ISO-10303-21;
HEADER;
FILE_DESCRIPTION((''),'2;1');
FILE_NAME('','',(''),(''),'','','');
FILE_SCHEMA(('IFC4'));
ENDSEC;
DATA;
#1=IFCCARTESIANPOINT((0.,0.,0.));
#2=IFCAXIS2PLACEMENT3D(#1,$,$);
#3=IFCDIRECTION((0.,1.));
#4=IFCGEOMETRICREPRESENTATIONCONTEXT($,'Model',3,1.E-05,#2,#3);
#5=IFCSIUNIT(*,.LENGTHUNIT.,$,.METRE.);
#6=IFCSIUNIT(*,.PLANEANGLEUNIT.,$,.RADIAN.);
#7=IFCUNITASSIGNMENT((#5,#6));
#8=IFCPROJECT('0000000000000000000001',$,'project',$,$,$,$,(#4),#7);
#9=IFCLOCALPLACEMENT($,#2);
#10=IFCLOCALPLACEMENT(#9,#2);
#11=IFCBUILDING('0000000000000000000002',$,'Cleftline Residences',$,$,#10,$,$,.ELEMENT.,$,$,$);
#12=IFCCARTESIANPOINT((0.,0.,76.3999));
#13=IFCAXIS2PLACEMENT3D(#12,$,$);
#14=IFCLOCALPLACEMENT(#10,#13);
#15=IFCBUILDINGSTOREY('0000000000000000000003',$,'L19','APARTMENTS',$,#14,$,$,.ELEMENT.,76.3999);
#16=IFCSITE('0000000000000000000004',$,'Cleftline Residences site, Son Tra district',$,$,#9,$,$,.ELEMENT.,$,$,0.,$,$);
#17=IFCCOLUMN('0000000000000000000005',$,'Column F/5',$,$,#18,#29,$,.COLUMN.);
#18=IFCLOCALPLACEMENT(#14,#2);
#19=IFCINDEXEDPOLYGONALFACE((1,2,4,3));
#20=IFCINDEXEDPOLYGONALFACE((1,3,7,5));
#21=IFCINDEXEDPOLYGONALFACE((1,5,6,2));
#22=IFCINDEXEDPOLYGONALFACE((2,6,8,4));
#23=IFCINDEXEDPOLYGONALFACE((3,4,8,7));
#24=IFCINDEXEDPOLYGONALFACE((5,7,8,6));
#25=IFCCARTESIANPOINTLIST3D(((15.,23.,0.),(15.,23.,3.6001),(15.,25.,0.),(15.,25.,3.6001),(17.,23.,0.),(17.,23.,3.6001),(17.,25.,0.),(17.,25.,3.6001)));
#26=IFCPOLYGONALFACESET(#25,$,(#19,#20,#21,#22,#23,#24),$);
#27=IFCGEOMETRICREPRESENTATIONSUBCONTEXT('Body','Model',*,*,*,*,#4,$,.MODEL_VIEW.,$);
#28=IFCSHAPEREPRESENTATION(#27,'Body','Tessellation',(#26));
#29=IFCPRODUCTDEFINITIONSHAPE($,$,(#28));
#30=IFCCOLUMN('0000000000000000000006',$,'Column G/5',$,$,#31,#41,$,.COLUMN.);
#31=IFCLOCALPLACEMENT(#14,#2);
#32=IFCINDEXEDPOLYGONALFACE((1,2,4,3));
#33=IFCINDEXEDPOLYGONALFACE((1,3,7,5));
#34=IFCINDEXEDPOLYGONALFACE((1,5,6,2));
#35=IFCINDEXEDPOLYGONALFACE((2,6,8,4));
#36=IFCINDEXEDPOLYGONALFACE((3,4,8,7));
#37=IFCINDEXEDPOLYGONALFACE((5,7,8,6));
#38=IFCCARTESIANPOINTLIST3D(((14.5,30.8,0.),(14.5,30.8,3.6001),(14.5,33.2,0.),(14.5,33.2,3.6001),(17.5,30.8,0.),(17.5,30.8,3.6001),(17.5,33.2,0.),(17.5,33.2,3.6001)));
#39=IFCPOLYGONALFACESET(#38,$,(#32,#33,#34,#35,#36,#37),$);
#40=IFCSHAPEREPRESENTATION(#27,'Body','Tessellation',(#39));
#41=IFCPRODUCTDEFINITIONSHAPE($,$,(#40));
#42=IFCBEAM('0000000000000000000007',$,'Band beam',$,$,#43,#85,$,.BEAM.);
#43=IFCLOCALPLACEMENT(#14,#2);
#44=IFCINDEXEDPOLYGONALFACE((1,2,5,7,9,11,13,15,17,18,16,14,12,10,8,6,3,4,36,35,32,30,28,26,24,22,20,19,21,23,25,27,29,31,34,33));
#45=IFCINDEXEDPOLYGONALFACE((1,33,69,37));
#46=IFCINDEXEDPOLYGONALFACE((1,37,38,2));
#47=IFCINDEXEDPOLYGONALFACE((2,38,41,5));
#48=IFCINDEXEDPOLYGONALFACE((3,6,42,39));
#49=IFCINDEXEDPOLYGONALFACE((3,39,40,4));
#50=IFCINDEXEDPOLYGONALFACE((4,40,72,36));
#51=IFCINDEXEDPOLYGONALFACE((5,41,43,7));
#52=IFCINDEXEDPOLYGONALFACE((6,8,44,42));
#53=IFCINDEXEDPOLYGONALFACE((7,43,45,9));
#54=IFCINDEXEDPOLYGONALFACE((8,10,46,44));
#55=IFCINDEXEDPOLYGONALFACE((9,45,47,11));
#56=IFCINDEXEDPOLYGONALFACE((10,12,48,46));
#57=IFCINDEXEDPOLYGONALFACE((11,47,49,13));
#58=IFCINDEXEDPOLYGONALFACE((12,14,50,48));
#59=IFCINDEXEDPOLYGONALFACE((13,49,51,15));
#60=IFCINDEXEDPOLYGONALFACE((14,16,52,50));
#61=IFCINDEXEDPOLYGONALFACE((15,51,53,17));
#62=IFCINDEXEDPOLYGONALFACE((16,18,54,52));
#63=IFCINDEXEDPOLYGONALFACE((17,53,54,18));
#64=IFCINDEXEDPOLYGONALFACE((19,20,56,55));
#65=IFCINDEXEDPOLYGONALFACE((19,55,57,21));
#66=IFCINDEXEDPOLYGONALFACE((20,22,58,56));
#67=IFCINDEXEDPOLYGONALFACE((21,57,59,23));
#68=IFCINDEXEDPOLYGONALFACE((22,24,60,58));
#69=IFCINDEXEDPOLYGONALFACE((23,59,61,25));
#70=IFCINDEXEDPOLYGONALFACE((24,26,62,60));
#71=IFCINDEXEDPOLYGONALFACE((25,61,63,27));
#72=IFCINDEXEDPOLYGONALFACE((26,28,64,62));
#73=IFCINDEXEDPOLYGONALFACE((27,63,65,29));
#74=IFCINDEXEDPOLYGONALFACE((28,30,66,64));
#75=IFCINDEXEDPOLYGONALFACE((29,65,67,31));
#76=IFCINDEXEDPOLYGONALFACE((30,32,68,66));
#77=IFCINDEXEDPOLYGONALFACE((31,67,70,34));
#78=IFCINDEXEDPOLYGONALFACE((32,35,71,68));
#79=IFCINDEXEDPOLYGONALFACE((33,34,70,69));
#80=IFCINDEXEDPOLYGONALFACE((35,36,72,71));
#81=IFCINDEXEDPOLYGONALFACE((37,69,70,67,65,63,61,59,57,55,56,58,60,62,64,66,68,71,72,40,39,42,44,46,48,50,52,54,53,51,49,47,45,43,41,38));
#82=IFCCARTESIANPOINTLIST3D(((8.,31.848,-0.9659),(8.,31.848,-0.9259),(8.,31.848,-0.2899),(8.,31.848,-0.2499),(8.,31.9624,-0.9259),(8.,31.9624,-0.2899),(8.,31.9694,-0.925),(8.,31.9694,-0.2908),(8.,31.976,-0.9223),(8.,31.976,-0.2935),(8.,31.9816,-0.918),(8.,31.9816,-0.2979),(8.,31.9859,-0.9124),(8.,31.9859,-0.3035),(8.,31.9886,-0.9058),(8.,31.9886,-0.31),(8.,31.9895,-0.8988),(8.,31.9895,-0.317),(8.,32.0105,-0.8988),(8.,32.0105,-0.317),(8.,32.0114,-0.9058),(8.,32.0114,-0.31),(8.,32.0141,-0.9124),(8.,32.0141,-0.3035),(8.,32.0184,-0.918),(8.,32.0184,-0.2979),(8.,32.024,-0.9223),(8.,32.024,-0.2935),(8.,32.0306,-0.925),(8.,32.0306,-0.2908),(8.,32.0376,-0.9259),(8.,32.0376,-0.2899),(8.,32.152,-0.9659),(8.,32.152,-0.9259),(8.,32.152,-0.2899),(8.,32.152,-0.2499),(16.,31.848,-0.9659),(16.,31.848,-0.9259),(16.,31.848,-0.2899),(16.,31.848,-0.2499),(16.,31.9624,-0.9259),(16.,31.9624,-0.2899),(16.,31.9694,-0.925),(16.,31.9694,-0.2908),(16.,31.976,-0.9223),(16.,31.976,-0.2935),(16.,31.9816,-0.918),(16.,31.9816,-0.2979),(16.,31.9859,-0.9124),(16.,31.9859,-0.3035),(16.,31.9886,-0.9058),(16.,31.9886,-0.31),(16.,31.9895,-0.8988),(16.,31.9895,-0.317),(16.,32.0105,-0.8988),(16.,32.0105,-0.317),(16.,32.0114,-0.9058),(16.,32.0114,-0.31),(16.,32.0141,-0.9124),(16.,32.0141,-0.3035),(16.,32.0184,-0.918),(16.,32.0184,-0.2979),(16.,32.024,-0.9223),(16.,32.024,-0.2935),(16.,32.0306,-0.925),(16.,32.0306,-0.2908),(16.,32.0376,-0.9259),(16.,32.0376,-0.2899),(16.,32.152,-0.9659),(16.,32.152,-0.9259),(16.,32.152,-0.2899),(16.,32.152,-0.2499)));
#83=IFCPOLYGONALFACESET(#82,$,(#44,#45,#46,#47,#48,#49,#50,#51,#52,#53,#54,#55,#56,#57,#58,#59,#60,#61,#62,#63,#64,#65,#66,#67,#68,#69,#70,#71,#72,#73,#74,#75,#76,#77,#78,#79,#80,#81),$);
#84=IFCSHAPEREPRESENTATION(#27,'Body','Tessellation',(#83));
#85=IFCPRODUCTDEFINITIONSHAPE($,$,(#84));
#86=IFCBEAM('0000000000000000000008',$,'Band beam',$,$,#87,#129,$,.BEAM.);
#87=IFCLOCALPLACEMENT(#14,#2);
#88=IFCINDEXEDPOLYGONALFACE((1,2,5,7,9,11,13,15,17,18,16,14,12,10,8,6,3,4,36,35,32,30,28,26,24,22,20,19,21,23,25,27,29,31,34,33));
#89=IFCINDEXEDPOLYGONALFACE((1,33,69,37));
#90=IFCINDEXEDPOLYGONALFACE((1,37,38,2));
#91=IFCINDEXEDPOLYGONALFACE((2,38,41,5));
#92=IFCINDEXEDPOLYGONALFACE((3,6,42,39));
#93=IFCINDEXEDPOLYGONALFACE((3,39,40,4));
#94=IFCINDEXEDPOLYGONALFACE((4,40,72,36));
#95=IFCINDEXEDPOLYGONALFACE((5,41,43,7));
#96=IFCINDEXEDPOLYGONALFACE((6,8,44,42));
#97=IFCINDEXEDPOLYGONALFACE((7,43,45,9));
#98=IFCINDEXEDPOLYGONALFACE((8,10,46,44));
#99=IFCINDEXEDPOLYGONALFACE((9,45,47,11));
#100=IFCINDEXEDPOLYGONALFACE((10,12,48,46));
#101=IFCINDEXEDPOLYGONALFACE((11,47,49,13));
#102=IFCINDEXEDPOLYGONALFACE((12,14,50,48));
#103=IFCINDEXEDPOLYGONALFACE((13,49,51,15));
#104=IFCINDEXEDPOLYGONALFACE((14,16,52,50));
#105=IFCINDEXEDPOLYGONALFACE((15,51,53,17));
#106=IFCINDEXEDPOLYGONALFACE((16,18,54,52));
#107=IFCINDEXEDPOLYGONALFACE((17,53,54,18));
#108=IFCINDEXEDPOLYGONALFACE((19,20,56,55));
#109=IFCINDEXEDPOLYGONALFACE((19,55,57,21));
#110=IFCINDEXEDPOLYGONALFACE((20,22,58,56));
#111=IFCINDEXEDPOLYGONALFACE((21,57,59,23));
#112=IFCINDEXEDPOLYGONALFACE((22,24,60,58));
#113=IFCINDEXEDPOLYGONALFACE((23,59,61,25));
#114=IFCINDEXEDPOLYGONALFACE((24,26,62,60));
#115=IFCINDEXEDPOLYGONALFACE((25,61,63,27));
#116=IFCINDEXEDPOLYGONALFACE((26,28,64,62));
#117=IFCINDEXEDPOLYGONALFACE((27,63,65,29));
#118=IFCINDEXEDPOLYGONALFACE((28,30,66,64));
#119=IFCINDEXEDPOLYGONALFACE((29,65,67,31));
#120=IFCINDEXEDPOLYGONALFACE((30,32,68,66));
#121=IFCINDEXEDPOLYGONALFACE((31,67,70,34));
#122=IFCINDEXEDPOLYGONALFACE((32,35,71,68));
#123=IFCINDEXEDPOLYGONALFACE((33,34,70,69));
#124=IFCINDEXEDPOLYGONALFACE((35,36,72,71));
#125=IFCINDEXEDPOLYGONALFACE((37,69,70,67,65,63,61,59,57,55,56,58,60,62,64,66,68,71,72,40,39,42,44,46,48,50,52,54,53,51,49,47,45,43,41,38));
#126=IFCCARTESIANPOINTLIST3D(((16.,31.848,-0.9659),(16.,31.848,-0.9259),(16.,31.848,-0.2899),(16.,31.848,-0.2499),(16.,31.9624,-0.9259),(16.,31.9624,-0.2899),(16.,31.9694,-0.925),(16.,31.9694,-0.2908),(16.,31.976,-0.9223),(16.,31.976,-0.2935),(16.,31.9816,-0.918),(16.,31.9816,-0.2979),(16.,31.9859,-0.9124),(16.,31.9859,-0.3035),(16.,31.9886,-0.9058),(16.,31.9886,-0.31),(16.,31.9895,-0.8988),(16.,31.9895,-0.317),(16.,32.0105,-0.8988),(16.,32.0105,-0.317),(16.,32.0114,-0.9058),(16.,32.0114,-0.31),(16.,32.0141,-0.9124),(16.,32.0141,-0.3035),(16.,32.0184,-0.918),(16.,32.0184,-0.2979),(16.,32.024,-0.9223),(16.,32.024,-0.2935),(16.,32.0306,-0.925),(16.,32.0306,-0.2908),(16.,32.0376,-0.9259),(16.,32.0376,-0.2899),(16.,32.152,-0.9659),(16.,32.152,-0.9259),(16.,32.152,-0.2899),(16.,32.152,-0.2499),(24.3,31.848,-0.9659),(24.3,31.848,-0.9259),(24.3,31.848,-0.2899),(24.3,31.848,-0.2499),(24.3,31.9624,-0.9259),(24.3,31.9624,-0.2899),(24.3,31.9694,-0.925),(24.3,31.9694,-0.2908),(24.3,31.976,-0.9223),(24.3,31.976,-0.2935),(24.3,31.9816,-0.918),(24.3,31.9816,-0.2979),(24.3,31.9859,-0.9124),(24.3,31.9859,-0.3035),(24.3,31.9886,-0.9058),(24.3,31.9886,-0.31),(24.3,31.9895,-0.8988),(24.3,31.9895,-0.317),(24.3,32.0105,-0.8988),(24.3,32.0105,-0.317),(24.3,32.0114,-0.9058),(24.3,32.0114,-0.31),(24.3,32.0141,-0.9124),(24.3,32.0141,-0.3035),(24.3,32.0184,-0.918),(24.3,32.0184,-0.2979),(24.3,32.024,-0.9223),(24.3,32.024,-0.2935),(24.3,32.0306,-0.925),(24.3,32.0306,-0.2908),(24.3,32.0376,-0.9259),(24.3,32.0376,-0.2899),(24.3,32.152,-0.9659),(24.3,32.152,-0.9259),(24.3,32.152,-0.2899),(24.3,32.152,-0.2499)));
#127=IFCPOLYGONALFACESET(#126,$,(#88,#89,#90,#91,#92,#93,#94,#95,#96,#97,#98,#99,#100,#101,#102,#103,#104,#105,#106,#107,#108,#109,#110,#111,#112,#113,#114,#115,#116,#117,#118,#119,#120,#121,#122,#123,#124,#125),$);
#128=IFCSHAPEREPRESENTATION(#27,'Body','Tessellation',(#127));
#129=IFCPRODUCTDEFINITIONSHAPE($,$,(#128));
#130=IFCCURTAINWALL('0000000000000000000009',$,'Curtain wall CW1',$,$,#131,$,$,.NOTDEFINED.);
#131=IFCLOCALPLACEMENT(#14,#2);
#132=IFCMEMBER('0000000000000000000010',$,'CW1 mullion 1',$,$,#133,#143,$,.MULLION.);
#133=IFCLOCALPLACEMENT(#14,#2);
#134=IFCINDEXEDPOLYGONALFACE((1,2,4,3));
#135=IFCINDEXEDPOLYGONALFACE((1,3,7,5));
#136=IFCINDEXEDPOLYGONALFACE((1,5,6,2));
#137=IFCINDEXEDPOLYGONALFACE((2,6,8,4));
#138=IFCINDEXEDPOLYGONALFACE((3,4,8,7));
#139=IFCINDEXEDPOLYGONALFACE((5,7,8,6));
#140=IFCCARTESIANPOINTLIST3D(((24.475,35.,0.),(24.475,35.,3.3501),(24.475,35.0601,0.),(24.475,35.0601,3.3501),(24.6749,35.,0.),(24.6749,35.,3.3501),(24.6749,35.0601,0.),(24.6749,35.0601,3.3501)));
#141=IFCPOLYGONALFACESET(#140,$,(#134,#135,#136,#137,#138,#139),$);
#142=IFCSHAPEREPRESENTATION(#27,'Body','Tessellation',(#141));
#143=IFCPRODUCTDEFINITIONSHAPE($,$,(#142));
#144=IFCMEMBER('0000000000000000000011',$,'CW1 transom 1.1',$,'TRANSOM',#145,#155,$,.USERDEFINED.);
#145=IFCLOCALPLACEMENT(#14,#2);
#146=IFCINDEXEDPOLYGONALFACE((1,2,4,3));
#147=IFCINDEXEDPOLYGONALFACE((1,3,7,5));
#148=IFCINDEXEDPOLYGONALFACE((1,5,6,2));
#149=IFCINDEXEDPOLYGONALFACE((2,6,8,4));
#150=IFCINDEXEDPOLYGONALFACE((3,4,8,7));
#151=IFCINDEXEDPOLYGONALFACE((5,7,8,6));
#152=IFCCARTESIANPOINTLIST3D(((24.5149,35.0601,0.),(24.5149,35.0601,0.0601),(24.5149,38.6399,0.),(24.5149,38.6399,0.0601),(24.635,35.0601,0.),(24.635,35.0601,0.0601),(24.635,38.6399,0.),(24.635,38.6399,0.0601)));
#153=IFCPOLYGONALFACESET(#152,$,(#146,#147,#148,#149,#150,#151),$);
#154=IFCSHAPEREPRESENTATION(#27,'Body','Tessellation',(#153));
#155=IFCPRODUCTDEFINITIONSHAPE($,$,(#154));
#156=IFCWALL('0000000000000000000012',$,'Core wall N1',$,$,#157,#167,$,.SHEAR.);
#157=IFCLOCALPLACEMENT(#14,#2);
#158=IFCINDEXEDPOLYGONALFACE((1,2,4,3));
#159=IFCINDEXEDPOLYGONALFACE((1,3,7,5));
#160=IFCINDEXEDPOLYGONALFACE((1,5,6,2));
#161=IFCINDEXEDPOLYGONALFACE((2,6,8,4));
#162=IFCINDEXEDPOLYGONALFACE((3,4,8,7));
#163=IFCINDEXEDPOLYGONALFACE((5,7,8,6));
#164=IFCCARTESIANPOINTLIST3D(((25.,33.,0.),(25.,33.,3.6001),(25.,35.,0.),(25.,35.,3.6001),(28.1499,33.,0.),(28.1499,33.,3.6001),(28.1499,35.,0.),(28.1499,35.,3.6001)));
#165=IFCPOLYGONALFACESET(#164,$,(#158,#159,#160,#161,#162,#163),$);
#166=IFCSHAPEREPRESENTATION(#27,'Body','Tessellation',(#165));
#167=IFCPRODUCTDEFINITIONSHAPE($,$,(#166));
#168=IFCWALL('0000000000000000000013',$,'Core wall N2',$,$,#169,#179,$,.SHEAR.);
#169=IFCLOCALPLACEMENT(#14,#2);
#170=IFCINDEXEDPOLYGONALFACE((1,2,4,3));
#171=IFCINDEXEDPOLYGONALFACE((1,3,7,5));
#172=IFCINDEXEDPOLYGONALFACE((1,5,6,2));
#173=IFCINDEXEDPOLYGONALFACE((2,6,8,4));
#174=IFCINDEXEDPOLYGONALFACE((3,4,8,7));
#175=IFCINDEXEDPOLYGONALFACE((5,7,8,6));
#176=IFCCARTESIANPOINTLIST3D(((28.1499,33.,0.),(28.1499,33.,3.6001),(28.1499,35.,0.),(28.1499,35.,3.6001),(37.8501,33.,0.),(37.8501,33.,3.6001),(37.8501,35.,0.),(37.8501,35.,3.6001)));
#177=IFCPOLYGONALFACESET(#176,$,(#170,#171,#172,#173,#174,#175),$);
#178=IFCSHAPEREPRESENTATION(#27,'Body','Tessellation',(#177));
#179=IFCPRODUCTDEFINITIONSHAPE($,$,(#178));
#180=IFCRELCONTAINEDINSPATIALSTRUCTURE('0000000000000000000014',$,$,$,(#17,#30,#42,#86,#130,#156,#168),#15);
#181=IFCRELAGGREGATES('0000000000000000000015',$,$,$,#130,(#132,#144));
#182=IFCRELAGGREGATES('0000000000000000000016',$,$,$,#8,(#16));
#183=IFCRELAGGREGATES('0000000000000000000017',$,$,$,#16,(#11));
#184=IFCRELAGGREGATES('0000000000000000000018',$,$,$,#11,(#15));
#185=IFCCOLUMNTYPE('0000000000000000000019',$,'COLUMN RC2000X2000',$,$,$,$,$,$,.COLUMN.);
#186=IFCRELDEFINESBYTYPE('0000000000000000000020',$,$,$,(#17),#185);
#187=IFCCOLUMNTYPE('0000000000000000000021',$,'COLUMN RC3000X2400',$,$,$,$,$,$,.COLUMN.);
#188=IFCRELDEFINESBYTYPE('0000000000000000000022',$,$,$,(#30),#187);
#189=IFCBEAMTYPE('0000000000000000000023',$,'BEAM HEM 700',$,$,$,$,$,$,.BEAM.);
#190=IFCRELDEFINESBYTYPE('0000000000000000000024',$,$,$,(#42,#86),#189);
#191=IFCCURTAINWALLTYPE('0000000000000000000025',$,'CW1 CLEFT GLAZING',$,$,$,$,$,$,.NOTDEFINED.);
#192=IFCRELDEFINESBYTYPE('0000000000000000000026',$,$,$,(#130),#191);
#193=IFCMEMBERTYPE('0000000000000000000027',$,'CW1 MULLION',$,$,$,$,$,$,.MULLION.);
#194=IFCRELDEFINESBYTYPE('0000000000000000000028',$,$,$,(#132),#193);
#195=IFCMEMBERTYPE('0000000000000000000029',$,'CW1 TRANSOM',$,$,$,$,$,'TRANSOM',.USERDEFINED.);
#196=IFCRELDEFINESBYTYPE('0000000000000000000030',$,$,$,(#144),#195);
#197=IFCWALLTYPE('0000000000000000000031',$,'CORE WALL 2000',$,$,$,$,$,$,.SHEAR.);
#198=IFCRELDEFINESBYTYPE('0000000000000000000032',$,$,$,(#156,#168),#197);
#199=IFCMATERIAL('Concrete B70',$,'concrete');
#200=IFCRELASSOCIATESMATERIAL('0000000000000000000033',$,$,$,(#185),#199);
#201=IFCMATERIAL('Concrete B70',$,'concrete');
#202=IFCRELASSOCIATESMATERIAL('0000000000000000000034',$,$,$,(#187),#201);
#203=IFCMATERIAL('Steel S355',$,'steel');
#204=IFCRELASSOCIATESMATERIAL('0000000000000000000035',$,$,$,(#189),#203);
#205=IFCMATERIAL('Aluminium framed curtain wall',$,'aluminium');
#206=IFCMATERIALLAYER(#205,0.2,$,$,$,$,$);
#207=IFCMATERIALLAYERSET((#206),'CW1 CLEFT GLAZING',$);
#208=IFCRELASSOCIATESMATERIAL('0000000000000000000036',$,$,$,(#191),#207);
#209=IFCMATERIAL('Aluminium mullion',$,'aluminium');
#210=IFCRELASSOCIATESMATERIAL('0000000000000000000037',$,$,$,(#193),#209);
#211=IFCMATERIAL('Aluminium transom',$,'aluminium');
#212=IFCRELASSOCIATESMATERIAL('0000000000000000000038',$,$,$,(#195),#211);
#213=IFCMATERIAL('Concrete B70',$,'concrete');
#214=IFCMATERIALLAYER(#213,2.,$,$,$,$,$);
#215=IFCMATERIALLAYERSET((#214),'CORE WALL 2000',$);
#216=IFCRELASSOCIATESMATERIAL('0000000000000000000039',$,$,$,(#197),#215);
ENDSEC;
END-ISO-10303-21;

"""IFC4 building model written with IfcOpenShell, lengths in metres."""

from ifc_helpers import new_model, si_unit, direction, frame, frame_2d, origin, origin_2d, place, context, subcontext, project, spatial, rectangle, i_section, extrude, material, layer, layer_set, material_profile, profile_set, type_object, element, aggregate, save


model = new_model("IFC4")

# Units and contexts
model_context = context("Model", 3, precision=1e-05, world=origin(), true_north=direction((0.0, 1.0)))
body_context = subcontext(model_context, "Body", "Model", "MODEL_VIEW")
ifc_project = project(units=[si_unit("LENGTHUNIT", "METRE"), si_unit("PLANEANGLEUNIT", "RADIAN")], contexts=[model_context])

# Site, building, storey
site_placement = place(None, origin())
site = spatial("IfcSite", under=ifc_project, at=site_placement, Name="Cleftline Residences site, Son Tra district", CompositionType="ELEMENT", RefElevation=0.0)
building_placement = place(site_placement, origin())
building = spatial("IfcBuilding", under=site, at=building_placement, Name="Cleftline Residences", CompositionType="ELEMENT")
storey_placement = place(building_placement, frame((0.0, 0.0, 76.3999)))
storey = spatial("IfcBuildingStorey", under=building, at=storey_placement, Name="L19", Description="APARTMENTS", CompositionType="ELEMENT", Elevation=76.3999)

# Columns
ifc_material_1 = material(Name="Concrete B70", Category="concrete")
ifc_material_profile_1 = material_profile(ifc_material_1, rectangle(XDim=2.0, YDim=2.0, at=origin_2d()))
ifc_profile_set_1 = profile_set([ifc_material_profile_1], Name="Concrete B70")
column_type_1 = type_object("IfcColumnType", Name="COLUMN RC2000X2000", PredefinedType="COLUMN", material=ifc_profile_set_1)
column_1_placement = place(storey_placement, frame((16.0, 24.0, 0.0), z_axis=(0.0, 0.0, 1.0), x_axis=(1.0, 0.0, 0.0)))
element("IfcColumn", 1, at=column_1_placement, inside=storey, type_object=column_type_1, Name="Column F/5", PredefinedType="COLUMN", context=body_context, shape_type="SweptSolid", body=[
    extrude(rectangle(XDim=2.0, YDim=2.0, at=origin_2d()), origin(), (0.0, 0.0, 1.0), 3.6001),
])
ifc_material_2 = material(Name="Concrete B70", Category="concrete")
ifc_material_profile_2 = material_profile(ifc_material_2, rectangle(XDim=3.0, YDim=2.3999, at=origin_2d()))
ifc_profile_set_2 = profile_set([ifc_material_profile_2], Name="Concrete B70")
column_type_2 = type_object("IfcColumnType", Name="COLUMN RC3000X2400", PredefinedType="COLUMN", material=ifc_profile_set_2)
column_2_placement = place(storey_placement, frame((16.0, 32.0, 0.0), z_axis=(0.0, 0.0, 1.0), x_axis=(1.0, 0.0, 0.0)))
element("IfcColumn", 2, at=column_2_placement, inside=storey, type_object=column_type_2, Name="Column G/5", PredefinedType="COLUMN", context=body_context, shape_type="SweptSolid", body=[
    extrude(rectangle(XDim=3.0, YDim=2.3999, at=origin_2d()), origin(), (0.0, 0.0, 1.0), 3.6001),
])

# Beams
ifc_material_3 = material(Name="Steel S355", Category="steel")
ifc_material_profile_3 = material_profile(ifc_material_3, i_section(OverallWidth=0.304, OverallDepth=0.7161, WebThickness=0.021, FlangeThickness=0.04, FilletRadius=0.0271, at=origin_2d()))
ifc_profile_set_3 = profile_set([ifc_material_profile_3], Name="Steel S355")
beam_type = type_object("IfcBeamType", Name="BEAM HEM 700", PredefinedType="BEAM", material=ifc_profile_set_3)
beam_1_placement = place(storey_placement, frame((8.0, 32.0, -0.6079), z_axis=(1.0, 0.0, 0.0), x_axis=(0.0, 1.0, 0.0)))
element("IfcBeam", 3, at=beam_1_placement, inside=storey, type_object=beam_type, Name="Band beam", PredefinedType="BEAM", context=body_context, shape_type="SweptSolid", body=[
    extrude(i_section(OverallWidth=0.304, OverallDepth=0.7161, WebThickness=0.021, FlangeThickness=0.04, FilletRadius=0.0271, at=origin_2d()), origin(), (0.0, 0.0, 1.0), 8.0),
])
beam_2_placement = place(storey_placement, frame((16.0, 32.0, -0.6079), z_axis=(1.0, 0.0, 0.0), x_axis=(0.0, 1.0, 0.0)))
element("IfcBeam", 4, at=beam_2_placement, inside=storey, type_object=beam_type, Name="Band beam", PredefinedType="BEAM", context=body_context, shape_type="SweptSolid", body=[
    extrude(i_section(OverallWidth=0.304, OverallDepth=0.7161, WebThickness=0.021, FlangeThickness=0.04, FilletRadius=0.0271, at=origin_2d()), origin(), (0.0, 0.0, 1.0), 8.3),
])

# Curtain wall, members
ifc_material_4 = material(Name="Aluminium framed curtain wall", Category="aluminium")
ifc_layer_1 = layer(ifc_material_4, 0.2)
ifc_layer_set_1 = layer_set([ifc_layer_1], Name="CW1 CLEFT GLAZING")
curtain_wall_type = type_object("IfcCurtainWallType", Name="CW1 CLEFT GLAZING", PredefinedType="NOTDEFINED", material=ifc_layer_set_1)
curtain_wall_placement = place(storey_placement, origin())
curtain_wall = element("IfcCurtainWall", 5, at=curtain_wall_placement, inside=storey, type_object=curtain_wall_type, Name="Curtain wall CW1", PredefinedType="NOTDEFINED")
ifc_material_5 = material(Name="Aluminium mullion", Category="aluminium")
ifc_material_profile_4 = material_profile(ifc_material_5, rectangle(XDim=0.2, YDim=0.0601, at=origin_2d()))
ifc_profile_set_4 = profile_set([ifc_material_profile_4], Name="Aluminium mullion")
member_type_1 = type_object("IfcMemberType", Name="CW1 MULLION", PredefinedType="MULLION", material=ifc_profile_set_4)
member_1_placement = place(storey_placement, frame((24.575, 35.03, 0.0), z_axis=(0.0, 0.0, 1.0), x_axis=(-1.0, 0.0, 0.0)))
member_1 = element("IfcMember", 6, at=member_1_placement, type_object=member_type_1, Name="CW1 mullion 1", PredefinedType="MULLION", context=body_context, shape_type="SweptSolid", body=[
    extrude(rectangle(XDim=0.2, YDim=0.0601, at=origin_2d()), origin(), (0.0, 0.0, 1.0), 3.3501),
])
ifc_material_6 = material(Name="Aluminium transom", Category="aluminium")
ifc_material_profile_5 = material_profile(ifc_material_6, rectangle(XDim=0.1201, YDim=0.0601, at=origin_2d()))
ifc_profile_set_5 = profile_set([ifc_material_profile_5], Name="Aluminium transom")
member_type_2 = type_object("IfcMemberType", Name="CW1 TRANSOM", ElementType="TRANSOM", PredefinedType="USERDEFINED", material=ifc_profile_set_5)
member_2_placement = place(storey_placement, frame((24.575, 35.0601, 0.03), z_axis=(0.0, 1.0, 0.0), x_axis=(-1.0, 0.0, 0.0)))
member_2 = element("IfcMember", 7, at=member_2_placement, type_object=member_type_2, Name="CW1 transom 1.1", ObjectType="TRANSOM", PredefinedType="USERDEFINED", context=body_context, shape_type="SweptSolid", body=[
    extrude(rectangle(XDim=0.1201, YDim=0.0601, at=origin_2d()), origin(), (0.0, 0.0, 1.0), 3.5798),
])
aggregate(curtain_wall, [member_1, member_2])

# Walls
ifc_material_7 = material(Name="Concrete B70", Category="concrete")
ifc_layer_2 = layer(ifc_material_7, 2.0)
ifc_layer_set_2 = layer_set([ifc_layer_2], Name="CORE WALL 2000")
wall_type_1 = type_object("IfcWallType", Name="CORE WALL 2000", PredefinedType="SHEAR", material=ifc_layer_set_2)
wall_1_placement = place(storey_placement, frame((25.0, 34.0, 0.0), z_axis=(0.0, 0.0, 1.0), x_axis=(1.0, 0.0, 0.0)))
element("IfcWall", 8, at=wall_1_placement, inside=storey, type_object=wall_type_1, Name="Core wall N1", PredefinedType="SHEAR", context=body_context, shape_type="SweptSolid", body=[
    extrude(rectangle(XDim=3.1499, YDim=2.0, at=frame_2d((1.575, 0.0))), origin(), (0.0, 0.0, 1.0), 3.6001),
])
wall_2_placement = place(storey_placement, frame((28.1499, 34.0, 0.0), z_axis=(0.0, 0.0, 1.0), x_axis=(1.0, 0.0, 0.0)))
element("IfcWall", 9, at=wall_2_placement, inside=storey, type_object=wall_type_1, Name="Core wall N2", PredefinedType="SHEAR", context=body_context, shape_type="SweptSolid", body=[
    extrude(rectangle(XDim=9.7002, YDim=2.0, at=frame_2d((4.8501, 0.0))), origin(), (0.0, 0.0, 1.0), 3.6001),
])

save(model, "model.ifc")
